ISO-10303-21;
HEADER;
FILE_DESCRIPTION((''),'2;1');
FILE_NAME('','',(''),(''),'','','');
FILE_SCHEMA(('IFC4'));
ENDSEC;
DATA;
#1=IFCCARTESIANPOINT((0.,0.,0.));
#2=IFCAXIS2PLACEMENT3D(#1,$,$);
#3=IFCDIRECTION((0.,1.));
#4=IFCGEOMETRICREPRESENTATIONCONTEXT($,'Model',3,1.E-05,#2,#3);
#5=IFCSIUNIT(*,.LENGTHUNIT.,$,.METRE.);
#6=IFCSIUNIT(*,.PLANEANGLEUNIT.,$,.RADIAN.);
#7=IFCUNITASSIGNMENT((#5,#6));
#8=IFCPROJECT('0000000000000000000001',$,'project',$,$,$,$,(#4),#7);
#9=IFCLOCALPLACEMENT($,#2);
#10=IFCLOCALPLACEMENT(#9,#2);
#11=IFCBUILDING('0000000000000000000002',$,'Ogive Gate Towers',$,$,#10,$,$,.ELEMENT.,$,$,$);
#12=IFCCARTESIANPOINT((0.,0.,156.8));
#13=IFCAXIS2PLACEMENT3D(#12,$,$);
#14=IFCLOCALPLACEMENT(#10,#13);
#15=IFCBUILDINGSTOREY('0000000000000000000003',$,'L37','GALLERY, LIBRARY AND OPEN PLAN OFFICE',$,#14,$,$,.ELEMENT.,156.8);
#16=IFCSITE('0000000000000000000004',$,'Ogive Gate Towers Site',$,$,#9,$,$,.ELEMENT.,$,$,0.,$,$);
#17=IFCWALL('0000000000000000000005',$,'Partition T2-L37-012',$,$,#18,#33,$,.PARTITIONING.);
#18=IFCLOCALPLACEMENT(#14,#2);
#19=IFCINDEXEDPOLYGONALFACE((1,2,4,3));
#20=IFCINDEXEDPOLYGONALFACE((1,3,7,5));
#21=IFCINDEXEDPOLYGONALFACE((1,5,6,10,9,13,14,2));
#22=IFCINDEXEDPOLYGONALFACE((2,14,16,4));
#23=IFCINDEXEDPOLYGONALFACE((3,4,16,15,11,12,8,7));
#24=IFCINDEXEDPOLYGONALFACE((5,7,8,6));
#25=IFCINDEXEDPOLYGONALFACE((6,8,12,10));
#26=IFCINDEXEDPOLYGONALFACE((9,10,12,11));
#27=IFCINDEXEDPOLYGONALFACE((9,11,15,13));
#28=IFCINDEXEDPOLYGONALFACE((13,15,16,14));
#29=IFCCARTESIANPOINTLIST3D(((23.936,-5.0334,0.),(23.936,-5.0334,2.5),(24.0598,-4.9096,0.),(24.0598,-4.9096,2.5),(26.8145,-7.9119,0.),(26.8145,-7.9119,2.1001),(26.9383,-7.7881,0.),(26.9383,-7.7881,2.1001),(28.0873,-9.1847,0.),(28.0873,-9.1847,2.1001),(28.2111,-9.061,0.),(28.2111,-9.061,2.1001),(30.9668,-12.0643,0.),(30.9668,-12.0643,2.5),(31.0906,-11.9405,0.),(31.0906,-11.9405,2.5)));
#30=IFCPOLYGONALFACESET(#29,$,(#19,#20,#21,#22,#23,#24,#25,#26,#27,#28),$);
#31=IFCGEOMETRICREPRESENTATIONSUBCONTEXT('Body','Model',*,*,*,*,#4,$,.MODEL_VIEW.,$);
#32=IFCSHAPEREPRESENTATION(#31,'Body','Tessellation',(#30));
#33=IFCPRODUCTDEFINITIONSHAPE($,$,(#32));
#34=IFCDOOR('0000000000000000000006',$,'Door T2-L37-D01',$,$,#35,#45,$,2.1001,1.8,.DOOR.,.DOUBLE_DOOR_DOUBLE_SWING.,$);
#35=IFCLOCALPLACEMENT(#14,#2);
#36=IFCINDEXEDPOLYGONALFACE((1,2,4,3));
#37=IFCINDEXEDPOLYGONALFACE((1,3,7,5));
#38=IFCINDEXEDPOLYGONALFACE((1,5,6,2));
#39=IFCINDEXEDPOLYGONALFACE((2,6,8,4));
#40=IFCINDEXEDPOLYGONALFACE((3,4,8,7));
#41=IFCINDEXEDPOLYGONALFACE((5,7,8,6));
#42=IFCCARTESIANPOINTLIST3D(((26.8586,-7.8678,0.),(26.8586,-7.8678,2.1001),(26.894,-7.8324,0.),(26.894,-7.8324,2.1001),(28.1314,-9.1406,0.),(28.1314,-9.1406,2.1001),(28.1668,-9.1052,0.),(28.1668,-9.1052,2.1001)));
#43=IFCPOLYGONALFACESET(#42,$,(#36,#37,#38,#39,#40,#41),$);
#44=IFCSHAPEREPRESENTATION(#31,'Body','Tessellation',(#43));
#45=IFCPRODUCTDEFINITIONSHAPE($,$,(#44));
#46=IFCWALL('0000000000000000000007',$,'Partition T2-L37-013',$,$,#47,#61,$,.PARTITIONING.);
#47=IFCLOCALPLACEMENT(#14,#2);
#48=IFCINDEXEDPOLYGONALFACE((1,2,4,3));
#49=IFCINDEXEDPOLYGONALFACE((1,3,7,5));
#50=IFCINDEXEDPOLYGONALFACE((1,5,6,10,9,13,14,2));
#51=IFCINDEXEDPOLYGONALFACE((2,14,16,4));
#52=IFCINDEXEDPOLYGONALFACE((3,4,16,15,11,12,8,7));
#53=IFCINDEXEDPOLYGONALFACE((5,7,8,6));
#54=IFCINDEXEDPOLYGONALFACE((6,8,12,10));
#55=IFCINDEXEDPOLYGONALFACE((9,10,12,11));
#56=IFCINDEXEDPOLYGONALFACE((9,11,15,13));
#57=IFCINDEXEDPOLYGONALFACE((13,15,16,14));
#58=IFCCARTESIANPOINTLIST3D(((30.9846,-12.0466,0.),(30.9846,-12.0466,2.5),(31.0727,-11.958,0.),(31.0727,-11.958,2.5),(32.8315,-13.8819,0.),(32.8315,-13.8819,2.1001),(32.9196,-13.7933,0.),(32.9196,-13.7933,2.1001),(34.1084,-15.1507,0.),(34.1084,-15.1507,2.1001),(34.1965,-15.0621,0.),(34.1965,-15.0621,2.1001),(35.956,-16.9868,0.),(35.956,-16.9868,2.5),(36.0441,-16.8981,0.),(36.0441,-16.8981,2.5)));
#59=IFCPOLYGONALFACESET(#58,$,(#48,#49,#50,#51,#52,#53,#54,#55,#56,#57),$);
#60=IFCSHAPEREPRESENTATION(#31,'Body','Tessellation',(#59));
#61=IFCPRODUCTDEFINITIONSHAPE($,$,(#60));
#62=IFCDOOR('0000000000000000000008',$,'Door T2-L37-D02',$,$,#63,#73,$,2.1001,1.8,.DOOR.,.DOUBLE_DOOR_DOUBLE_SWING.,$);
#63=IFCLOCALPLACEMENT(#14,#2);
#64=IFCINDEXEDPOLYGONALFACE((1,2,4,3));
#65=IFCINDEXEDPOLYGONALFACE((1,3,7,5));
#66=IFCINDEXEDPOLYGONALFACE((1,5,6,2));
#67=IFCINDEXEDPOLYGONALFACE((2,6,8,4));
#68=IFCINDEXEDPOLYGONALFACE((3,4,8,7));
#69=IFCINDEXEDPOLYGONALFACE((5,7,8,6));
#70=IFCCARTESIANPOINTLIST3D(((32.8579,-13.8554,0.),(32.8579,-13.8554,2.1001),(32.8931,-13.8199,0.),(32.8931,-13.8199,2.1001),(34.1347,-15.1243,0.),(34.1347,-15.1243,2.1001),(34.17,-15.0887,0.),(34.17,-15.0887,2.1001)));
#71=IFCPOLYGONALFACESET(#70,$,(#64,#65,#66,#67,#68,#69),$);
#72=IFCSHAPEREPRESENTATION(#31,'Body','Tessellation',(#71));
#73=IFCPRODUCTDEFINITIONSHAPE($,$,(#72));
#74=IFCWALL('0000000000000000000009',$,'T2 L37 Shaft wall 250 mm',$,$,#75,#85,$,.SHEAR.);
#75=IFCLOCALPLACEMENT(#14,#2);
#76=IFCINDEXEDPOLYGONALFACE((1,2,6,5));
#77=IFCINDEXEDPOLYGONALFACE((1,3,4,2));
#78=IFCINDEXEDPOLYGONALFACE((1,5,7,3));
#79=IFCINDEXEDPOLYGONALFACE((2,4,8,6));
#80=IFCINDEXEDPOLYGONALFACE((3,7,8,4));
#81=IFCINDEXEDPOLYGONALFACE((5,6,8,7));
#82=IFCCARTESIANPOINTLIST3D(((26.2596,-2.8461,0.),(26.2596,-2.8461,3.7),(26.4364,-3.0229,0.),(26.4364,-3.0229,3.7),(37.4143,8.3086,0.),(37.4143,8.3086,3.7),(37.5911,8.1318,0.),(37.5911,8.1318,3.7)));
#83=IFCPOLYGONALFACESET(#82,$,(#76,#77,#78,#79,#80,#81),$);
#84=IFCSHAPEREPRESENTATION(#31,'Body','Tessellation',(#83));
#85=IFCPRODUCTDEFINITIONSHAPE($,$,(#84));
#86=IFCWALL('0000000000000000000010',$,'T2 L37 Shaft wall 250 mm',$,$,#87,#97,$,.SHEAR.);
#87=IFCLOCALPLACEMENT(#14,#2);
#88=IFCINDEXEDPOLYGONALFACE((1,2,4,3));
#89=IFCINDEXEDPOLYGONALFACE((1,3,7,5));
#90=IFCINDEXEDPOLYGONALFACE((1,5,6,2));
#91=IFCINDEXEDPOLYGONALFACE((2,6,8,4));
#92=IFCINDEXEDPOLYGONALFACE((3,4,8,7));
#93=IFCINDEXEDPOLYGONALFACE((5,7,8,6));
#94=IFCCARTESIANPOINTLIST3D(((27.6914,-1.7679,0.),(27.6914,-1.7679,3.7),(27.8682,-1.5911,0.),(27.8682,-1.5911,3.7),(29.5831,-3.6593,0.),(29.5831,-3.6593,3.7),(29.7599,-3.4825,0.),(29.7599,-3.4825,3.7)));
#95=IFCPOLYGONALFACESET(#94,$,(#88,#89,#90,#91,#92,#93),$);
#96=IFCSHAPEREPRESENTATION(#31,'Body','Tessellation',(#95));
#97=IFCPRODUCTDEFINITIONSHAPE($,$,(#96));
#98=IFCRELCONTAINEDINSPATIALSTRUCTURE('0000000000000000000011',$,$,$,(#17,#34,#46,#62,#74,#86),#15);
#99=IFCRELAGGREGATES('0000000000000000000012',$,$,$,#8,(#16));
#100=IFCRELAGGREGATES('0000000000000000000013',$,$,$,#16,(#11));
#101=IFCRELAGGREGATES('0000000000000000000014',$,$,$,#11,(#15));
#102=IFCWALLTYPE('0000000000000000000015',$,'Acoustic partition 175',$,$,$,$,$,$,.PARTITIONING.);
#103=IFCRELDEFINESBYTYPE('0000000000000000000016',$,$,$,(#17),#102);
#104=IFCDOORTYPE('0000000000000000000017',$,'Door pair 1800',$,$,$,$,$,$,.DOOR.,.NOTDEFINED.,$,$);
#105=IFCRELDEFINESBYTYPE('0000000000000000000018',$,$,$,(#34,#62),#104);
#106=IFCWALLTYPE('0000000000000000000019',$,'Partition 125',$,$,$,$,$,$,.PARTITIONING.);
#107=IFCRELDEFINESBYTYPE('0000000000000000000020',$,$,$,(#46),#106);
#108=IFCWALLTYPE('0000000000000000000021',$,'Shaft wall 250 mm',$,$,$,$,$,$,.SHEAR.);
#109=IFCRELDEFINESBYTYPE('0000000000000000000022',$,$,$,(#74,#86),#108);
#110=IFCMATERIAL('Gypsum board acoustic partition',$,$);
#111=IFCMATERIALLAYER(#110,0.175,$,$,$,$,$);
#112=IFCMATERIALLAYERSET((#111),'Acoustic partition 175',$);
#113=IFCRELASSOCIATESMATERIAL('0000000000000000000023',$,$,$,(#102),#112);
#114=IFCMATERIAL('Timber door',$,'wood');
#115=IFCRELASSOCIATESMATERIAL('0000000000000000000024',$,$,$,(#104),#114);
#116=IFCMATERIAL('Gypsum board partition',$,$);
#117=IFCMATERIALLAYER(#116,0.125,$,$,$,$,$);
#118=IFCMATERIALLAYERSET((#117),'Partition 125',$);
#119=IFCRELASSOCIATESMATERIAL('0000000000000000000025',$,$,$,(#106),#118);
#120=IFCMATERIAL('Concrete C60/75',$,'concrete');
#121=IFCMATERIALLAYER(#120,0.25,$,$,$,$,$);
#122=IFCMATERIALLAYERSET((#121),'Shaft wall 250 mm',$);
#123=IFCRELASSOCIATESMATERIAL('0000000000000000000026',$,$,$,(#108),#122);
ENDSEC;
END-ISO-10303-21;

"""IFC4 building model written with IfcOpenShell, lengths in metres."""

from ifc_helpers import new_model, si_unit, direction, frame, frame_2d, origin, place, context, subcontext, project, spatial, rectangle, extrude, material, layer, layer_set, type_object, element, fill, save


model = new_model("IFC4")

# Units and contexts
model_context = context("Model", 3, precision=1e-05, world=origin(), true_north=direction((0.0, 1.0)))
body_context = subcontext(model_context, "Body", "Model", "MODEL_VIEW")
ifc_project = project(units=[si_unit("LENGTHUNIT", "METRE"), si_unit("PLANEANGLEUNIT", "RADIAN")], contexts=[model_context])

# Site, building, storey
site_placement = place(None, origin())
site = spatial("IfcSite", under=ifc_project, at=site_placement, Name="Ogive Gate Towers Site", CompositionType="ELEMENT", RefElevation=0.0)
building_placement = place(site_placement, origin())
building = spatial("IfcBuilding", under=site, at=building_placement, Name="Ogive Gate Towers", CompositionType="ELEMENT")
storey_placement = place(building_placement, frame((0.0, 0.0, 156.8)))
storey = spatial("IfcBuildingStorey", under=building, at=storey_placement, Name="L37", Description="GALLERY, LIBRARY AND OPEN PLAN OFFICE", CompositionType="ELEMENT", Elevation=156.8)

# Walls, openings, doors
ifc_material_1 = material(Name="Gypsum board acoustic partition")
ifc_layer_1 = layer(ifc_material_1, 0.175)
ifc_layer_set_1 = layer_set([ifc_layer_1], Name="Acoustic partition 175")
wall_type_1 = type_object("IfcWallType", Name="Acoustic partition 175", PredefinedType="PARTITIONING", material=ifc_layer_set_1)
wall_1_placement = place(storey_placement, frame((23.9978, -4.9714, 0.0), z_axis=(0.0, 0.0, 1.0), x_axis=(0.707107, -0.707107, 0.0)))
wall_1 = element("IfcWall", 1, at=wall_1_placement, inside=storey, type_object=wall_type_1, Name="Partition T2-L37-012", PredefinedType="PARTITIONING", context=body_context, shape_type="SweptSolid", body=[
    extrude(rectangle(XDim=9.9431, YDim=0.175, at=frame_2d((4.9717, 0.0))), origin(), (0.0, 0.0, 1.0), 2.5),
])
opening_1_placement = place(wall_1_placement, frame((4.071, 0.0, 0.0)))
opening_1 = element("IfcOpeningElement", 2, at=opening_1_placement, cuts=wall_1, PredefinedType="OPENING", context=body_context, shape_type="SweptSolid", body=[
    extrude(rectangle(XDim=1.8, YDim=2.1001, at=frame_2d((0.8999, 1.05))), frame((0.0, 0.0977, 0.0), z_axis=(0.0, -1.0, 0.0), x_axis=(1.0, 0.0, 0.0)), (0.0, 0.0, 1.0), 0.1951),
])
ifc_material_2 = material(Name="Timber door", Category="wood")
door_type_1 = type_object("IfcDoorType", Name="Door pair 1800", OperationType="NOTDEFINED", PredefinedType="DOOR", material=ifc_material_2)
door_1_placement = place(opening_1_placement, origin())
door_1 = element("IfcDoor", 3, at=door_1_placement, inside=storey, type_object=door_type_1, Name="Door T2-L37-D01", OperationType="DOUBLE_DOOR_DOUBLE_SWING", OverallHeight=2.1001, OverallWidth=1.8, PredefinedType="DOOR", context=body_context, shape_type="SweptSolid", body=[
    extrude(rectangle(XDim=1.8, YDim=2.1001, at=frame_2d((0.8999, 1.05))), frame((0.0, 0.0249, 0.0), z_axis=(0.0, -1.0, 0.0), x_axis=(1.0, 0.0, 0.0)), (0.0, 0.0, 1.0), 0.05),
])
fill(opening_1, door_1)
ifc_material_3 = material(Name="Gypsum board partition")
ifc_layer_2 = layer(ifc_material_3, 0.125)
ifc_layer_set_2 = layer_set([ifc_layer_2], Name="Partition 125")
wall_type_2 = type_object("IfcWallType", Name="Partition 125", PredefinedType="PARTITIONING", material=ifc_layer_set_2)
wall_2_placement = place(storey_placement, frame((31.0286, -12.0022, 0.0), z_axis=(0.0, 0.0, 1.0), x_axis=(0.709333, -0.704874, 0.0)))
wall_2 = element("IfcWall", 4, at=wall_2_placement, inside=storey, type_object=wall_type_2, Name="Partition T2-L37-013", PredefinedType="PARTITIONING", context=body_context, shape_type="SweptSolid", body=[
    extrude(rectangle(XDim=7.0085, YDim=0.125, at=frame_2d((3.5044, 0.0))), origin(), (0.0, 0.0, 1.0), 2.5),
])
opening_2_placement = place(wall_2_placement, frame((2.604, 0.0, 0.0)))
opening_2 = element("IfcOpeningElement", 5, at=opening_2_placement, cuts=wall_2, PredefinedType="OPENING", context=body_context, shape_type="SweptSolid", body=[
    extrude(rectangle(XDim=1.8, YDim=2.1001, at=frame_2d((0.8999, 1.05))), frame((0.0, 0.0725, 0.0), z_axis=(0.0, -1.0, 0.0), x_axis=(1.0, 0.0, 0.0)), (0.0, 0.0, 1.0), 0.145),
])
door_2_placement = place(opening_2_placement, origin())
door_2 = element("IfcDoor", 6, at=door_2_placement, inside=storey, type_object=door_type_1, Name="Door T2-L37-D02", OperationType="DOUBLE_DOOR_DOUBLE_SWING", OverallHeight=2.1001, OverallWidth=1.8, PredefinedType="DOOR", context=body_context, shape_type="SweptSolid", body=[
    extrude(rectangle(XDim=1.8, YDim=2.1001, at=frame_2d((0.8999, 1.05))), frame((0.0, 0.0249, 0.0), z_axis=(0.0, -1.0, 0.0), x_axis=(1.0, 0.0, 0.0)), (0.0, 0.0, 1.0), 0.05),
])
fill(opening_2, door_2)

# Walls
ifc_material_4 = material(Name="Concrete C60/75", Category="concrete")
ifc_layer_3 = layer(ifc_material_4, 0.25)
ifc_layer_set_3 = layer_set([ifc_layer_3], Name="Shaft wall 250 mm")
wall_type_3 = type_object("IfcWallType", Name="Shaft wall 250 mm", PredefinedType="SHEAR", material=ifc_layer_set_3)
wall_3_placement = place(storey_placement, frame((26.3479, -2.9346, 0.0), z_axis=(0.0, 0.0, 1.0), x_axis=(0.707107, 0.707107, 0.0)))
element("IfcWall", 7, at=wall_3_placement, inside=storey, type_object=wall_type_3, Name="T2 L37 Shaft wall 250 mm", PredefinedType="SHEAR", context=body_context, shape_type="SweptSolid", body=[
    extrude(rectangle(XDim=15.7751, YDim=0.25, at=frame_2d((7.8877, 0.0))), origin(), (0.0, 0.0, 1.0), 3.7),
])
wall_4_placement = place(storey_placement, frame((29.6714, -3.5708, 0.0), z_axis=(0.0, 0.0, 1.0), x_axis=(-0.707152, 0.707061, 0.0)))
element("IfcWall", 8, at=wall_4_placement, inside=storey, type_object=wall_type_3, Name="T2 L37 Shaft wall 250 mm", PredefinedType="SHEAR", context=body_context, shape_type="SweptSolid", body=[
    extrude(rectangle(XDim=2.675, YDim=0.25, at=frame_2d((1.3374, 0.0))), origin(), (0.0, 0.0, 1.0), 3.7),
])

save(model, "model.ifc")
